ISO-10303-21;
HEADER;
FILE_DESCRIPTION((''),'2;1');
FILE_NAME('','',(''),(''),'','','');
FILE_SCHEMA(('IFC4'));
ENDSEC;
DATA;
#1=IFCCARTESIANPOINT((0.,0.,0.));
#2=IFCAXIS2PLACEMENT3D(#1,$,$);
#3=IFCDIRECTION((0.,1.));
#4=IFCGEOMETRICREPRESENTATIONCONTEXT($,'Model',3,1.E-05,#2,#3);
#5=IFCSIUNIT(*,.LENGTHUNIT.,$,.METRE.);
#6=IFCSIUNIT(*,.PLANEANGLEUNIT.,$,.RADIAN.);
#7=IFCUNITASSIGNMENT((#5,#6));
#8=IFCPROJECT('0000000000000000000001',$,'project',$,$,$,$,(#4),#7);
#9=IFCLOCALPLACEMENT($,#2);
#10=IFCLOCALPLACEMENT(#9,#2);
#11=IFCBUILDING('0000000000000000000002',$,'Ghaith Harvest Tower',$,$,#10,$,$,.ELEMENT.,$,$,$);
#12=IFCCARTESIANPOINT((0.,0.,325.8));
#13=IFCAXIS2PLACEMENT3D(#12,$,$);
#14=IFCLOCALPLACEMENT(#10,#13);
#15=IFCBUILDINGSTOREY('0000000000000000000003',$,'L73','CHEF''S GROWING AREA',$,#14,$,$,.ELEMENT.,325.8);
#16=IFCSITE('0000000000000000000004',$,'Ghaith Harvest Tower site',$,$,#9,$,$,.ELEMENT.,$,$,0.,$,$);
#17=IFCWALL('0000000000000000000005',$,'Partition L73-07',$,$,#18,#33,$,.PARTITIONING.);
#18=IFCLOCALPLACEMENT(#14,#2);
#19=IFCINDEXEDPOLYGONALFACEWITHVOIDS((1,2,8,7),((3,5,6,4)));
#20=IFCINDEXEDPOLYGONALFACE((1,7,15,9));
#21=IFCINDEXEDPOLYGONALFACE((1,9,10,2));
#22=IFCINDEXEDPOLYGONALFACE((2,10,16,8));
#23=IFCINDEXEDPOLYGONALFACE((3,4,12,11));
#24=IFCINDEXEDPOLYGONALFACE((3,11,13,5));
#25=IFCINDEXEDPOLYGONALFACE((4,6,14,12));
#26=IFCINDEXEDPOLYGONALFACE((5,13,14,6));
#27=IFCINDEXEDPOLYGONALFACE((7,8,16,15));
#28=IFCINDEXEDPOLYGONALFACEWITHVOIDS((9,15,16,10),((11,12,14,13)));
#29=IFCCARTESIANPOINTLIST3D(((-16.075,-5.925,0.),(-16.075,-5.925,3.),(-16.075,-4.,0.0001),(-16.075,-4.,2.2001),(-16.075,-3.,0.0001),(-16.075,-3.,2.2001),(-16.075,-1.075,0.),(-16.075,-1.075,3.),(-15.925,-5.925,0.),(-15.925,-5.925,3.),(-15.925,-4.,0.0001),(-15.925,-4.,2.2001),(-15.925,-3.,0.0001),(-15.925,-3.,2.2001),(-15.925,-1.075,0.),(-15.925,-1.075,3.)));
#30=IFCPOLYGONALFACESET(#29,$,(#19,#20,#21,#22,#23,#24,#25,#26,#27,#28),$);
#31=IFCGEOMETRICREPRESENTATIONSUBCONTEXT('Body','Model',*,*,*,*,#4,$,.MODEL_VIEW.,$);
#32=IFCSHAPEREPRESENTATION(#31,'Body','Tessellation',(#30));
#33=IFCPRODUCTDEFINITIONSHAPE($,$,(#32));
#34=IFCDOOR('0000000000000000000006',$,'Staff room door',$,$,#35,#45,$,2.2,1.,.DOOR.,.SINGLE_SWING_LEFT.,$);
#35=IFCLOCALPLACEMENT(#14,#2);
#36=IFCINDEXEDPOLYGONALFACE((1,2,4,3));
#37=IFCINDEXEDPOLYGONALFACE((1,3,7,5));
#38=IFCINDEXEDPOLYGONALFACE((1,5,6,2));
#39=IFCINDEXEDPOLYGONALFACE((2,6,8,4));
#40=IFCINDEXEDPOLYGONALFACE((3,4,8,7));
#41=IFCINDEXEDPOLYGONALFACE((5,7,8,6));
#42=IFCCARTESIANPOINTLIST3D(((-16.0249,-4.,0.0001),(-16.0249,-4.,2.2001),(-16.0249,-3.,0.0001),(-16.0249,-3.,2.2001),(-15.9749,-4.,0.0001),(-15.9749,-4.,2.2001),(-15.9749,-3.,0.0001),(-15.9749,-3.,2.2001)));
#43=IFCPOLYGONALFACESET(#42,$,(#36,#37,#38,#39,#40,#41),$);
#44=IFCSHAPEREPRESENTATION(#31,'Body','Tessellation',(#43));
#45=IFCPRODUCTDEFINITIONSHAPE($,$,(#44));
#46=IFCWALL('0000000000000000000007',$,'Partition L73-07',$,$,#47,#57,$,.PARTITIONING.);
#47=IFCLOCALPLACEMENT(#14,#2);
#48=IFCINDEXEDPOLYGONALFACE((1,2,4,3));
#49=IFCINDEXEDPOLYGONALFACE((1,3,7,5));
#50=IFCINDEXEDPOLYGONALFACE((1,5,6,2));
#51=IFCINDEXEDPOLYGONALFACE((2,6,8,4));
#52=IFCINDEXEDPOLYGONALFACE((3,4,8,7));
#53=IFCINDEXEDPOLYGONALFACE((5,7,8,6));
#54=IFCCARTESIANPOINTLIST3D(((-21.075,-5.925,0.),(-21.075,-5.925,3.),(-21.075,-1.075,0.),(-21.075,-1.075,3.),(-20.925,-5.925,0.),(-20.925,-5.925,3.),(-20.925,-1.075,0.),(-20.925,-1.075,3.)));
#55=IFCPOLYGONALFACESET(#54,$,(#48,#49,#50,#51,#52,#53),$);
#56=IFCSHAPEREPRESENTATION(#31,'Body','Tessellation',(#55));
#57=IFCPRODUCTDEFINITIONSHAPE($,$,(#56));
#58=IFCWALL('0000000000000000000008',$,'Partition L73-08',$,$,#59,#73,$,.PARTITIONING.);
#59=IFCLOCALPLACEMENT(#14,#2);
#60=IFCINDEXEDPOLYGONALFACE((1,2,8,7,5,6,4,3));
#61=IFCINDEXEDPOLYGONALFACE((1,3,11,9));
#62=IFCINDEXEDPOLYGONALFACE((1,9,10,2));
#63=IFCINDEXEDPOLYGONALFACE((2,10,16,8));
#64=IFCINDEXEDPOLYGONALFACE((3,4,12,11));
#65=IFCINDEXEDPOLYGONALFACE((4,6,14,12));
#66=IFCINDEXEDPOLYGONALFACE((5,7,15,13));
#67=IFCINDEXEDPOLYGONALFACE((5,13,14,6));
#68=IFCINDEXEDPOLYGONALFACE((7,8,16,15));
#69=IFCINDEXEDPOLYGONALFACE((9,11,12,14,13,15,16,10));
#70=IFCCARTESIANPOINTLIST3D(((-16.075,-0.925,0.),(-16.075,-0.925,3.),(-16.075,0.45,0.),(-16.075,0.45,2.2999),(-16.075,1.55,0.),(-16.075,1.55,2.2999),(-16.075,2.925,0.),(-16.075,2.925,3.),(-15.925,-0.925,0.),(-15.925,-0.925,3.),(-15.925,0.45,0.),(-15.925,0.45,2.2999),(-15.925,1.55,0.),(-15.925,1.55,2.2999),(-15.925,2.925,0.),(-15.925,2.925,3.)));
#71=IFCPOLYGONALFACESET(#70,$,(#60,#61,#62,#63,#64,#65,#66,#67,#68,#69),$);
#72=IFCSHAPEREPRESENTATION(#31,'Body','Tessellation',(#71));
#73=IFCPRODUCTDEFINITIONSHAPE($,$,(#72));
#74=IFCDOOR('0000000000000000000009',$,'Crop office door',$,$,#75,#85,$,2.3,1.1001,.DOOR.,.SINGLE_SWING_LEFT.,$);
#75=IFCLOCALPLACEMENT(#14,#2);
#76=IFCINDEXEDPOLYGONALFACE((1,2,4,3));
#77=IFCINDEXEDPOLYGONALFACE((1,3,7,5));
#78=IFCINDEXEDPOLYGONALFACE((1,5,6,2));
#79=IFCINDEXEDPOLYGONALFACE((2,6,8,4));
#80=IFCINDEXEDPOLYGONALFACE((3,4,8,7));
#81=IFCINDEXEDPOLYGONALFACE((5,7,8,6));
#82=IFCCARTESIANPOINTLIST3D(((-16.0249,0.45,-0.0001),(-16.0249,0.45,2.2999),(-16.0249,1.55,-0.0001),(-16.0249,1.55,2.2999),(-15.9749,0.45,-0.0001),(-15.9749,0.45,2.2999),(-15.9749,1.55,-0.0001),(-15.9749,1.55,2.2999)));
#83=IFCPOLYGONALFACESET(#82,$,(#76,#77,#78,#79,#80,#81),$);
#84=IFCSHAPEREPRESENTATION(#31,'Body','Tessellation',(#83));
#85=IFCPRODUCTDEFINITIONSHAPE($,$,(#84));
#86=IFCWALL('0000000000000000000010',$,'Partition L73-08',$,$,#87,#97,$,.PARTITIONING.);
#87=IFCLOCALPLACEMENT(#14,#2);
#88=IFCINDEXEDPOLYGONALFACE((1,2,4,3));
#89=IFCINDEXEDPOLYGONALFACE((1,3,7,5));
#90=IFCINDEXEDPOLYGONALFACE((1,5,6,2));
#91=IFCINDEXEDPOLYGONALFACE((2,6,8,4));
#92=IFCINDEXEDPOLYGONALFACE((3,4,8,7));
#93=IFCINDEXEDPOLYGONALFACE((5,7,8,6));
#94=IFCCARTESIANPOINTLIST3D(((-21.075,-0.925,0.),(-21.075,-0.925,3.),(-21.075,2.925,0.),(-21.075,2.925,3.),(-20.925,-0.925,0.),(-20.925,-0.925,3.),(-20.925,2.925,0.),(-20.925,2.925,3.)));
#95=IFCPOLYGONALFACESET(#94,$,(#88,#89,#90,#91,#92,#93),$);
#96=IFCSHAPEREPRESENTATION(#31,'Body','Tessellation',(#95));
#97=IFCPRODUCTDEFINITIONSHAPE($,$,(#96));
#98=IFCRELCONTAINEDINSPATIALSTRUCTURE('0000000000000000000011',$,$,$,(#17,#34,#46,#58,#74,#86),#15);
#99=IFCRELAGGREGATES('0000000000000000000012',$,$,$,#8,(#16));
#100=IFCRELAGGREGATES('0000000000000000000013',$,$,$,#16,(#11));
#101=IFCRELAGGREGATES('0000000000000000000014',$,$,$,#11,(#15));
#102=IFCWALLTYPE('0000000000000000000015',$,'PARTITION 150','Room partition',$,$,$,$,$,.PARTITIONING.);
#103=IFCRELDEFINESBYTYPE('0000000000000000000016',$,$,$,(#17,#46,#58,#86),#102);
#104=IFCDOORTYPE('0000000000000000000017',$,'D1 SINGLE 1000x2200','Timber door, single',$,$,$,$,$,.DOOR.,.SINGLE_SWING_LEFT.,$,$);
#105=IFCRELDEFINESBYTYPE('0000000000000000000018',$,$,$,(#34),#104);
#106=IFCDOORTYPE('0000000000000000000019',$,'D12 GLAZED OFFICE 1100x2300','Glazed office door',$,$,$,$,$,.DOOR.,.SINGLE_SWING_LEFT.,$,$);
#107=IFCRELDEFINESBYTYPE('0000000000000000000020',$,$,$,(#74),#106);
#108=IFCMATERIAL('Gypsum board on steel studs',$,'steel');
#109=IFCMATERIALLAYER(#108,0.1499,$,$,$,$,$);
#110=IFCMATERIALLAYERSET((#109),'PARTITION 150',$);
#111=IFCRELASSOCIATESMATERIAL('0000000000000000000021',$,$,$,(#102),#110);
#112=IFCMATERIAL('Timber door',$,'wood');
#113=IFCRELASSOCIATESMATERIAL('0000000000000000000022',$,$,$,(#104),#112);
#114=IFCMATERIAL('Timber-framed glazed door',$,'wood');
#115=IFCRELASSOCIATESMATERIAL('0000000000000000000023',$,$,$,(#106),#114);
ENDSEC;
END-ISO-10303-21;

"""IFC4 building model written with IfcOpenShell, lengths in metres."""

from ifc_helpers import new_model, si_unit, direction, frame, frame_2d, origin, place, context, subcontext, project, spatial, rectangle, extrude, material, layer, layer_set, type_object, element, fill, save


model = new_model("IFC4")

# Units and contexts
model_context = context("Model", 3, precision=1e-05, world=origin(), true_north=direction((0.0, 1.0)))
body_context = subcontext(model_context, "Body", "Model", "MODEL_VIEW")
ifc_project = project(units=[si_unit("LENGTHUNIT", "METRE"), si_unit("PLANEANGLEUNIT", "RADIAN")], contexts=[model_context])

# Site, building, storey
site_placement = place(None, origin())
site = spatial("IfcSite", under=ifc_project, at=site_placement, Name="Ghaith Harvest Tower site", CompositionType="ELEMENT", RefElevation=0.0)
building_placement = place(site_placement, origin())
building = spatial("IfcBuilding", under=site, at=building_placement, Name="Ghaith Harvest Tower", CompositionType="ELEMENT")
storey_placement = place(building_placement, frame((0.0, 0.0, 325.8)))
storey = spatial("IfcBuildingStorey", under=building, at=storey_placement, Name="L73", Description="CHEF'S GROWING AREA", CompositionType="ELEMENT", Elevation=325.8)

# Shared definitions
ifc_material_1 = material(Name="Gypsum board on steel studs", Category="steel")
ifc_layer_1 = layer(ifc_material_1, 0.1499)
ifc_layer_set_1 = layer_set([ifc_layer_1], Name="PARTITION 150")
wall_type = type_object("IfcWallType", Name="PARTITION 150", Description="Room partition", PredefinedType="PARTITIONING", material=ifc_layer_set_1)

# Wall, opening, door
wall_1_placement = place(storey_placement, frame((-16.0, -5.925, 0.0), z_axis=(0.0, 0.0, 1.0), x_axis=(0.0, 1.0, 0.0)))
wall_1 = element("IfcWall", 1, at=wall_1_placement, inside=storey, type_object=wall_type, Name="Partition L73-07", PredefinedType="PARTITIONING", context=body_context, shape_type="SweptSolid", body=[
    extrude(rectangle(XDim=4.8501, YDim=0.1499, at=frame_2d((2.425, 0.0))), origin(), (0.0, 0.0, 1.0), 3.0),
])
opening_1_placement = place(wall_1_placement, frame((1.925, 0.0, 0.0)))
opening_1 = element("IfcOpeningElement", 2, at=opening_1_placement, cuts=wall_1, PredefinedType="OPENING", context=body_context, shape_type="SweptSolid", body=[
    extrude(rectangle(XDim=1.0, YDim=2.2, at=frame_2d((0.5, 1.1001))), frame((0.0, 0.085, 0.0), z_axis=(0.0, -1.0, 0.0), x_axis=(1.0, 0.0, 0.0)), (0.0, 0.0, 1.0), 0.1699),
])
ifc_material_2 = material(Name="Timber door", Category="wood")
door_type_1 = type_object("IfcDoorType", Name="D1 SINGLE 1000x2200", Description="Timber door, single", OperationType="SINGLE_SWING_LEFT", PredefinedType="DOOR", material=ifc_material_2)
door_1_placement = place(opening_1_placement, origin())
door_1 = element("IfcDoor", 3, at=door_1_placement, inside=storey, type_object=door_type_1, Name="Staff room door", OperationType="SINGLE_SWING_LEFT", OverallHeight=2.2, OverallWidth=1.0, PredefinedType="DOOR", context=body_context, shape_type="SweptSolid", body=[
    extrude(rectangle(XDim=1.0, YDim=2.2, at=frame_2d((0.5, 1.1001))), frame((0.0, 0.0249, 0.0), z_axis=(0.0, -1.0, 0.0), x_axis=(1.0, 0.0, 0.0)), (0.0, 0.0, 1.0), 0.05),
])
fill(opening_1, door_1)

# Wall
wall_2_placement = place(storey_placement, frame((-21.0, -5.925, 0.0), z_axis=(0.0, 0.0, 1.0), x_axis=(0.0, 1.0, 0.0)))
element("IfcWall", 4, at=wall_2_placement, inside=storey, type_object=wall_type, Name="Partition L73-07", PredefinedType="PARTITIONING", context=body_context, shape_type="SweptSolid", body=[
    extrude(rectangle(XDim=4.8501, YDim=0.1499, at=frame_2d((2.425, 0.0))), origin(), (0.0, 0.0, 1.0), 3.0),
])

# Wall, opening, door
wall_3_placement = place(storey_placement, frame((-16.0, -0.925, 0.0), z_axis=(0.0, 0.0, 1.0), x_axis=(0.0, 1.0, 0.0)))
wall_3 = element("IfcWall", 5, at=wall_3_placement, inside=storey, type_object=wall_type, Name="Partition L73-08", PredefinedType="PARTITIONING", context=body_context, shape_type="SweptSolid", body=[
    extrude(rectangle(XDim=3.8501, YDim=0.1499, at=frame_2d((1.925, 0.0))), origin(), (0.0, 0.0, 1.0), 3.0),
])
opening_2_placement = place(wall_3_placement, frame((1.375, 0.0, 0.0)))
opening_2 = element("IfcOpeningElement", 6, at=opening_2_placement, cuts=wall_3, PredefinedType="OPENING", context=body_context, shape_type="SweptSolid", body=[
    extrude(rectangle(XDim=1.1001, YDim=2.3, at=frame_2d((0.55, 1.1499))), frame((0.0, 0.085, 0.0), z_axis=(0.0, -1.0, 0.0), x_axis=(1.0, 0.0, 0.0)), (0.0, 0.0, 1.0), 0.1699),
])
ifc_material_3 = material(Name="Timber-framed glazed door", Category="wood")
door_type_2 = type_object("IfcDoorType", Name="D12 GLAZED OFFICE 1100x2300", Description="Glazed office door", OperationType="SINGLE_SWING_LEFT", PredefinedType="DOOR", material=ifc_material_3)
door_2_placement = place(opening_2_placement, origin())
door_2 = element("IfcDoor", 7, at=door_2_placement, inside=storey, type_object=door_type_2, Name="Crop office door", OperationType="SINGLE_SWING_LEFT", OverallHeight=2.3, OverallWidth=1.1001, PredefinedType="DOOR", context=body_context, shape_type="SweptSolid", body=[
    extrude(rectangle(XDim=1.1001, YDim=2.3, at=frame_2d((0.55, 1.1499))), frame((0.0, 0.0249, 0.0), z_axis=(0.0, -1.0, 0.0), x_axis=(1.0, 0.0, 0.0)), (0.0, 0.0, 1.0), 0.05),
])
fill(opening_2, door_2)

# Wall
wall_4_placement = place(storey_placement, frame((-21.0, -0.925, 0.0), z_axis=(0.0, 0.0, 1.0), x_axis=(0.0, 1.0, 0.0)))
element("IfcWall", 8, at=wall_4_placement, inside=storey, type_object=wall_type, Name="Partition L73-08", PredefinedType="PARTITIONING", context=body_context, shape_type="SweptSolid", body=[
    extrude(rectangle(XDim=3.8501, YDim=0.1499, at=frame_2d((1.925, 0.0))), origin(), (0.0, 0.0, 1.0), 3.0),
])

save(model, "model.ifc")
